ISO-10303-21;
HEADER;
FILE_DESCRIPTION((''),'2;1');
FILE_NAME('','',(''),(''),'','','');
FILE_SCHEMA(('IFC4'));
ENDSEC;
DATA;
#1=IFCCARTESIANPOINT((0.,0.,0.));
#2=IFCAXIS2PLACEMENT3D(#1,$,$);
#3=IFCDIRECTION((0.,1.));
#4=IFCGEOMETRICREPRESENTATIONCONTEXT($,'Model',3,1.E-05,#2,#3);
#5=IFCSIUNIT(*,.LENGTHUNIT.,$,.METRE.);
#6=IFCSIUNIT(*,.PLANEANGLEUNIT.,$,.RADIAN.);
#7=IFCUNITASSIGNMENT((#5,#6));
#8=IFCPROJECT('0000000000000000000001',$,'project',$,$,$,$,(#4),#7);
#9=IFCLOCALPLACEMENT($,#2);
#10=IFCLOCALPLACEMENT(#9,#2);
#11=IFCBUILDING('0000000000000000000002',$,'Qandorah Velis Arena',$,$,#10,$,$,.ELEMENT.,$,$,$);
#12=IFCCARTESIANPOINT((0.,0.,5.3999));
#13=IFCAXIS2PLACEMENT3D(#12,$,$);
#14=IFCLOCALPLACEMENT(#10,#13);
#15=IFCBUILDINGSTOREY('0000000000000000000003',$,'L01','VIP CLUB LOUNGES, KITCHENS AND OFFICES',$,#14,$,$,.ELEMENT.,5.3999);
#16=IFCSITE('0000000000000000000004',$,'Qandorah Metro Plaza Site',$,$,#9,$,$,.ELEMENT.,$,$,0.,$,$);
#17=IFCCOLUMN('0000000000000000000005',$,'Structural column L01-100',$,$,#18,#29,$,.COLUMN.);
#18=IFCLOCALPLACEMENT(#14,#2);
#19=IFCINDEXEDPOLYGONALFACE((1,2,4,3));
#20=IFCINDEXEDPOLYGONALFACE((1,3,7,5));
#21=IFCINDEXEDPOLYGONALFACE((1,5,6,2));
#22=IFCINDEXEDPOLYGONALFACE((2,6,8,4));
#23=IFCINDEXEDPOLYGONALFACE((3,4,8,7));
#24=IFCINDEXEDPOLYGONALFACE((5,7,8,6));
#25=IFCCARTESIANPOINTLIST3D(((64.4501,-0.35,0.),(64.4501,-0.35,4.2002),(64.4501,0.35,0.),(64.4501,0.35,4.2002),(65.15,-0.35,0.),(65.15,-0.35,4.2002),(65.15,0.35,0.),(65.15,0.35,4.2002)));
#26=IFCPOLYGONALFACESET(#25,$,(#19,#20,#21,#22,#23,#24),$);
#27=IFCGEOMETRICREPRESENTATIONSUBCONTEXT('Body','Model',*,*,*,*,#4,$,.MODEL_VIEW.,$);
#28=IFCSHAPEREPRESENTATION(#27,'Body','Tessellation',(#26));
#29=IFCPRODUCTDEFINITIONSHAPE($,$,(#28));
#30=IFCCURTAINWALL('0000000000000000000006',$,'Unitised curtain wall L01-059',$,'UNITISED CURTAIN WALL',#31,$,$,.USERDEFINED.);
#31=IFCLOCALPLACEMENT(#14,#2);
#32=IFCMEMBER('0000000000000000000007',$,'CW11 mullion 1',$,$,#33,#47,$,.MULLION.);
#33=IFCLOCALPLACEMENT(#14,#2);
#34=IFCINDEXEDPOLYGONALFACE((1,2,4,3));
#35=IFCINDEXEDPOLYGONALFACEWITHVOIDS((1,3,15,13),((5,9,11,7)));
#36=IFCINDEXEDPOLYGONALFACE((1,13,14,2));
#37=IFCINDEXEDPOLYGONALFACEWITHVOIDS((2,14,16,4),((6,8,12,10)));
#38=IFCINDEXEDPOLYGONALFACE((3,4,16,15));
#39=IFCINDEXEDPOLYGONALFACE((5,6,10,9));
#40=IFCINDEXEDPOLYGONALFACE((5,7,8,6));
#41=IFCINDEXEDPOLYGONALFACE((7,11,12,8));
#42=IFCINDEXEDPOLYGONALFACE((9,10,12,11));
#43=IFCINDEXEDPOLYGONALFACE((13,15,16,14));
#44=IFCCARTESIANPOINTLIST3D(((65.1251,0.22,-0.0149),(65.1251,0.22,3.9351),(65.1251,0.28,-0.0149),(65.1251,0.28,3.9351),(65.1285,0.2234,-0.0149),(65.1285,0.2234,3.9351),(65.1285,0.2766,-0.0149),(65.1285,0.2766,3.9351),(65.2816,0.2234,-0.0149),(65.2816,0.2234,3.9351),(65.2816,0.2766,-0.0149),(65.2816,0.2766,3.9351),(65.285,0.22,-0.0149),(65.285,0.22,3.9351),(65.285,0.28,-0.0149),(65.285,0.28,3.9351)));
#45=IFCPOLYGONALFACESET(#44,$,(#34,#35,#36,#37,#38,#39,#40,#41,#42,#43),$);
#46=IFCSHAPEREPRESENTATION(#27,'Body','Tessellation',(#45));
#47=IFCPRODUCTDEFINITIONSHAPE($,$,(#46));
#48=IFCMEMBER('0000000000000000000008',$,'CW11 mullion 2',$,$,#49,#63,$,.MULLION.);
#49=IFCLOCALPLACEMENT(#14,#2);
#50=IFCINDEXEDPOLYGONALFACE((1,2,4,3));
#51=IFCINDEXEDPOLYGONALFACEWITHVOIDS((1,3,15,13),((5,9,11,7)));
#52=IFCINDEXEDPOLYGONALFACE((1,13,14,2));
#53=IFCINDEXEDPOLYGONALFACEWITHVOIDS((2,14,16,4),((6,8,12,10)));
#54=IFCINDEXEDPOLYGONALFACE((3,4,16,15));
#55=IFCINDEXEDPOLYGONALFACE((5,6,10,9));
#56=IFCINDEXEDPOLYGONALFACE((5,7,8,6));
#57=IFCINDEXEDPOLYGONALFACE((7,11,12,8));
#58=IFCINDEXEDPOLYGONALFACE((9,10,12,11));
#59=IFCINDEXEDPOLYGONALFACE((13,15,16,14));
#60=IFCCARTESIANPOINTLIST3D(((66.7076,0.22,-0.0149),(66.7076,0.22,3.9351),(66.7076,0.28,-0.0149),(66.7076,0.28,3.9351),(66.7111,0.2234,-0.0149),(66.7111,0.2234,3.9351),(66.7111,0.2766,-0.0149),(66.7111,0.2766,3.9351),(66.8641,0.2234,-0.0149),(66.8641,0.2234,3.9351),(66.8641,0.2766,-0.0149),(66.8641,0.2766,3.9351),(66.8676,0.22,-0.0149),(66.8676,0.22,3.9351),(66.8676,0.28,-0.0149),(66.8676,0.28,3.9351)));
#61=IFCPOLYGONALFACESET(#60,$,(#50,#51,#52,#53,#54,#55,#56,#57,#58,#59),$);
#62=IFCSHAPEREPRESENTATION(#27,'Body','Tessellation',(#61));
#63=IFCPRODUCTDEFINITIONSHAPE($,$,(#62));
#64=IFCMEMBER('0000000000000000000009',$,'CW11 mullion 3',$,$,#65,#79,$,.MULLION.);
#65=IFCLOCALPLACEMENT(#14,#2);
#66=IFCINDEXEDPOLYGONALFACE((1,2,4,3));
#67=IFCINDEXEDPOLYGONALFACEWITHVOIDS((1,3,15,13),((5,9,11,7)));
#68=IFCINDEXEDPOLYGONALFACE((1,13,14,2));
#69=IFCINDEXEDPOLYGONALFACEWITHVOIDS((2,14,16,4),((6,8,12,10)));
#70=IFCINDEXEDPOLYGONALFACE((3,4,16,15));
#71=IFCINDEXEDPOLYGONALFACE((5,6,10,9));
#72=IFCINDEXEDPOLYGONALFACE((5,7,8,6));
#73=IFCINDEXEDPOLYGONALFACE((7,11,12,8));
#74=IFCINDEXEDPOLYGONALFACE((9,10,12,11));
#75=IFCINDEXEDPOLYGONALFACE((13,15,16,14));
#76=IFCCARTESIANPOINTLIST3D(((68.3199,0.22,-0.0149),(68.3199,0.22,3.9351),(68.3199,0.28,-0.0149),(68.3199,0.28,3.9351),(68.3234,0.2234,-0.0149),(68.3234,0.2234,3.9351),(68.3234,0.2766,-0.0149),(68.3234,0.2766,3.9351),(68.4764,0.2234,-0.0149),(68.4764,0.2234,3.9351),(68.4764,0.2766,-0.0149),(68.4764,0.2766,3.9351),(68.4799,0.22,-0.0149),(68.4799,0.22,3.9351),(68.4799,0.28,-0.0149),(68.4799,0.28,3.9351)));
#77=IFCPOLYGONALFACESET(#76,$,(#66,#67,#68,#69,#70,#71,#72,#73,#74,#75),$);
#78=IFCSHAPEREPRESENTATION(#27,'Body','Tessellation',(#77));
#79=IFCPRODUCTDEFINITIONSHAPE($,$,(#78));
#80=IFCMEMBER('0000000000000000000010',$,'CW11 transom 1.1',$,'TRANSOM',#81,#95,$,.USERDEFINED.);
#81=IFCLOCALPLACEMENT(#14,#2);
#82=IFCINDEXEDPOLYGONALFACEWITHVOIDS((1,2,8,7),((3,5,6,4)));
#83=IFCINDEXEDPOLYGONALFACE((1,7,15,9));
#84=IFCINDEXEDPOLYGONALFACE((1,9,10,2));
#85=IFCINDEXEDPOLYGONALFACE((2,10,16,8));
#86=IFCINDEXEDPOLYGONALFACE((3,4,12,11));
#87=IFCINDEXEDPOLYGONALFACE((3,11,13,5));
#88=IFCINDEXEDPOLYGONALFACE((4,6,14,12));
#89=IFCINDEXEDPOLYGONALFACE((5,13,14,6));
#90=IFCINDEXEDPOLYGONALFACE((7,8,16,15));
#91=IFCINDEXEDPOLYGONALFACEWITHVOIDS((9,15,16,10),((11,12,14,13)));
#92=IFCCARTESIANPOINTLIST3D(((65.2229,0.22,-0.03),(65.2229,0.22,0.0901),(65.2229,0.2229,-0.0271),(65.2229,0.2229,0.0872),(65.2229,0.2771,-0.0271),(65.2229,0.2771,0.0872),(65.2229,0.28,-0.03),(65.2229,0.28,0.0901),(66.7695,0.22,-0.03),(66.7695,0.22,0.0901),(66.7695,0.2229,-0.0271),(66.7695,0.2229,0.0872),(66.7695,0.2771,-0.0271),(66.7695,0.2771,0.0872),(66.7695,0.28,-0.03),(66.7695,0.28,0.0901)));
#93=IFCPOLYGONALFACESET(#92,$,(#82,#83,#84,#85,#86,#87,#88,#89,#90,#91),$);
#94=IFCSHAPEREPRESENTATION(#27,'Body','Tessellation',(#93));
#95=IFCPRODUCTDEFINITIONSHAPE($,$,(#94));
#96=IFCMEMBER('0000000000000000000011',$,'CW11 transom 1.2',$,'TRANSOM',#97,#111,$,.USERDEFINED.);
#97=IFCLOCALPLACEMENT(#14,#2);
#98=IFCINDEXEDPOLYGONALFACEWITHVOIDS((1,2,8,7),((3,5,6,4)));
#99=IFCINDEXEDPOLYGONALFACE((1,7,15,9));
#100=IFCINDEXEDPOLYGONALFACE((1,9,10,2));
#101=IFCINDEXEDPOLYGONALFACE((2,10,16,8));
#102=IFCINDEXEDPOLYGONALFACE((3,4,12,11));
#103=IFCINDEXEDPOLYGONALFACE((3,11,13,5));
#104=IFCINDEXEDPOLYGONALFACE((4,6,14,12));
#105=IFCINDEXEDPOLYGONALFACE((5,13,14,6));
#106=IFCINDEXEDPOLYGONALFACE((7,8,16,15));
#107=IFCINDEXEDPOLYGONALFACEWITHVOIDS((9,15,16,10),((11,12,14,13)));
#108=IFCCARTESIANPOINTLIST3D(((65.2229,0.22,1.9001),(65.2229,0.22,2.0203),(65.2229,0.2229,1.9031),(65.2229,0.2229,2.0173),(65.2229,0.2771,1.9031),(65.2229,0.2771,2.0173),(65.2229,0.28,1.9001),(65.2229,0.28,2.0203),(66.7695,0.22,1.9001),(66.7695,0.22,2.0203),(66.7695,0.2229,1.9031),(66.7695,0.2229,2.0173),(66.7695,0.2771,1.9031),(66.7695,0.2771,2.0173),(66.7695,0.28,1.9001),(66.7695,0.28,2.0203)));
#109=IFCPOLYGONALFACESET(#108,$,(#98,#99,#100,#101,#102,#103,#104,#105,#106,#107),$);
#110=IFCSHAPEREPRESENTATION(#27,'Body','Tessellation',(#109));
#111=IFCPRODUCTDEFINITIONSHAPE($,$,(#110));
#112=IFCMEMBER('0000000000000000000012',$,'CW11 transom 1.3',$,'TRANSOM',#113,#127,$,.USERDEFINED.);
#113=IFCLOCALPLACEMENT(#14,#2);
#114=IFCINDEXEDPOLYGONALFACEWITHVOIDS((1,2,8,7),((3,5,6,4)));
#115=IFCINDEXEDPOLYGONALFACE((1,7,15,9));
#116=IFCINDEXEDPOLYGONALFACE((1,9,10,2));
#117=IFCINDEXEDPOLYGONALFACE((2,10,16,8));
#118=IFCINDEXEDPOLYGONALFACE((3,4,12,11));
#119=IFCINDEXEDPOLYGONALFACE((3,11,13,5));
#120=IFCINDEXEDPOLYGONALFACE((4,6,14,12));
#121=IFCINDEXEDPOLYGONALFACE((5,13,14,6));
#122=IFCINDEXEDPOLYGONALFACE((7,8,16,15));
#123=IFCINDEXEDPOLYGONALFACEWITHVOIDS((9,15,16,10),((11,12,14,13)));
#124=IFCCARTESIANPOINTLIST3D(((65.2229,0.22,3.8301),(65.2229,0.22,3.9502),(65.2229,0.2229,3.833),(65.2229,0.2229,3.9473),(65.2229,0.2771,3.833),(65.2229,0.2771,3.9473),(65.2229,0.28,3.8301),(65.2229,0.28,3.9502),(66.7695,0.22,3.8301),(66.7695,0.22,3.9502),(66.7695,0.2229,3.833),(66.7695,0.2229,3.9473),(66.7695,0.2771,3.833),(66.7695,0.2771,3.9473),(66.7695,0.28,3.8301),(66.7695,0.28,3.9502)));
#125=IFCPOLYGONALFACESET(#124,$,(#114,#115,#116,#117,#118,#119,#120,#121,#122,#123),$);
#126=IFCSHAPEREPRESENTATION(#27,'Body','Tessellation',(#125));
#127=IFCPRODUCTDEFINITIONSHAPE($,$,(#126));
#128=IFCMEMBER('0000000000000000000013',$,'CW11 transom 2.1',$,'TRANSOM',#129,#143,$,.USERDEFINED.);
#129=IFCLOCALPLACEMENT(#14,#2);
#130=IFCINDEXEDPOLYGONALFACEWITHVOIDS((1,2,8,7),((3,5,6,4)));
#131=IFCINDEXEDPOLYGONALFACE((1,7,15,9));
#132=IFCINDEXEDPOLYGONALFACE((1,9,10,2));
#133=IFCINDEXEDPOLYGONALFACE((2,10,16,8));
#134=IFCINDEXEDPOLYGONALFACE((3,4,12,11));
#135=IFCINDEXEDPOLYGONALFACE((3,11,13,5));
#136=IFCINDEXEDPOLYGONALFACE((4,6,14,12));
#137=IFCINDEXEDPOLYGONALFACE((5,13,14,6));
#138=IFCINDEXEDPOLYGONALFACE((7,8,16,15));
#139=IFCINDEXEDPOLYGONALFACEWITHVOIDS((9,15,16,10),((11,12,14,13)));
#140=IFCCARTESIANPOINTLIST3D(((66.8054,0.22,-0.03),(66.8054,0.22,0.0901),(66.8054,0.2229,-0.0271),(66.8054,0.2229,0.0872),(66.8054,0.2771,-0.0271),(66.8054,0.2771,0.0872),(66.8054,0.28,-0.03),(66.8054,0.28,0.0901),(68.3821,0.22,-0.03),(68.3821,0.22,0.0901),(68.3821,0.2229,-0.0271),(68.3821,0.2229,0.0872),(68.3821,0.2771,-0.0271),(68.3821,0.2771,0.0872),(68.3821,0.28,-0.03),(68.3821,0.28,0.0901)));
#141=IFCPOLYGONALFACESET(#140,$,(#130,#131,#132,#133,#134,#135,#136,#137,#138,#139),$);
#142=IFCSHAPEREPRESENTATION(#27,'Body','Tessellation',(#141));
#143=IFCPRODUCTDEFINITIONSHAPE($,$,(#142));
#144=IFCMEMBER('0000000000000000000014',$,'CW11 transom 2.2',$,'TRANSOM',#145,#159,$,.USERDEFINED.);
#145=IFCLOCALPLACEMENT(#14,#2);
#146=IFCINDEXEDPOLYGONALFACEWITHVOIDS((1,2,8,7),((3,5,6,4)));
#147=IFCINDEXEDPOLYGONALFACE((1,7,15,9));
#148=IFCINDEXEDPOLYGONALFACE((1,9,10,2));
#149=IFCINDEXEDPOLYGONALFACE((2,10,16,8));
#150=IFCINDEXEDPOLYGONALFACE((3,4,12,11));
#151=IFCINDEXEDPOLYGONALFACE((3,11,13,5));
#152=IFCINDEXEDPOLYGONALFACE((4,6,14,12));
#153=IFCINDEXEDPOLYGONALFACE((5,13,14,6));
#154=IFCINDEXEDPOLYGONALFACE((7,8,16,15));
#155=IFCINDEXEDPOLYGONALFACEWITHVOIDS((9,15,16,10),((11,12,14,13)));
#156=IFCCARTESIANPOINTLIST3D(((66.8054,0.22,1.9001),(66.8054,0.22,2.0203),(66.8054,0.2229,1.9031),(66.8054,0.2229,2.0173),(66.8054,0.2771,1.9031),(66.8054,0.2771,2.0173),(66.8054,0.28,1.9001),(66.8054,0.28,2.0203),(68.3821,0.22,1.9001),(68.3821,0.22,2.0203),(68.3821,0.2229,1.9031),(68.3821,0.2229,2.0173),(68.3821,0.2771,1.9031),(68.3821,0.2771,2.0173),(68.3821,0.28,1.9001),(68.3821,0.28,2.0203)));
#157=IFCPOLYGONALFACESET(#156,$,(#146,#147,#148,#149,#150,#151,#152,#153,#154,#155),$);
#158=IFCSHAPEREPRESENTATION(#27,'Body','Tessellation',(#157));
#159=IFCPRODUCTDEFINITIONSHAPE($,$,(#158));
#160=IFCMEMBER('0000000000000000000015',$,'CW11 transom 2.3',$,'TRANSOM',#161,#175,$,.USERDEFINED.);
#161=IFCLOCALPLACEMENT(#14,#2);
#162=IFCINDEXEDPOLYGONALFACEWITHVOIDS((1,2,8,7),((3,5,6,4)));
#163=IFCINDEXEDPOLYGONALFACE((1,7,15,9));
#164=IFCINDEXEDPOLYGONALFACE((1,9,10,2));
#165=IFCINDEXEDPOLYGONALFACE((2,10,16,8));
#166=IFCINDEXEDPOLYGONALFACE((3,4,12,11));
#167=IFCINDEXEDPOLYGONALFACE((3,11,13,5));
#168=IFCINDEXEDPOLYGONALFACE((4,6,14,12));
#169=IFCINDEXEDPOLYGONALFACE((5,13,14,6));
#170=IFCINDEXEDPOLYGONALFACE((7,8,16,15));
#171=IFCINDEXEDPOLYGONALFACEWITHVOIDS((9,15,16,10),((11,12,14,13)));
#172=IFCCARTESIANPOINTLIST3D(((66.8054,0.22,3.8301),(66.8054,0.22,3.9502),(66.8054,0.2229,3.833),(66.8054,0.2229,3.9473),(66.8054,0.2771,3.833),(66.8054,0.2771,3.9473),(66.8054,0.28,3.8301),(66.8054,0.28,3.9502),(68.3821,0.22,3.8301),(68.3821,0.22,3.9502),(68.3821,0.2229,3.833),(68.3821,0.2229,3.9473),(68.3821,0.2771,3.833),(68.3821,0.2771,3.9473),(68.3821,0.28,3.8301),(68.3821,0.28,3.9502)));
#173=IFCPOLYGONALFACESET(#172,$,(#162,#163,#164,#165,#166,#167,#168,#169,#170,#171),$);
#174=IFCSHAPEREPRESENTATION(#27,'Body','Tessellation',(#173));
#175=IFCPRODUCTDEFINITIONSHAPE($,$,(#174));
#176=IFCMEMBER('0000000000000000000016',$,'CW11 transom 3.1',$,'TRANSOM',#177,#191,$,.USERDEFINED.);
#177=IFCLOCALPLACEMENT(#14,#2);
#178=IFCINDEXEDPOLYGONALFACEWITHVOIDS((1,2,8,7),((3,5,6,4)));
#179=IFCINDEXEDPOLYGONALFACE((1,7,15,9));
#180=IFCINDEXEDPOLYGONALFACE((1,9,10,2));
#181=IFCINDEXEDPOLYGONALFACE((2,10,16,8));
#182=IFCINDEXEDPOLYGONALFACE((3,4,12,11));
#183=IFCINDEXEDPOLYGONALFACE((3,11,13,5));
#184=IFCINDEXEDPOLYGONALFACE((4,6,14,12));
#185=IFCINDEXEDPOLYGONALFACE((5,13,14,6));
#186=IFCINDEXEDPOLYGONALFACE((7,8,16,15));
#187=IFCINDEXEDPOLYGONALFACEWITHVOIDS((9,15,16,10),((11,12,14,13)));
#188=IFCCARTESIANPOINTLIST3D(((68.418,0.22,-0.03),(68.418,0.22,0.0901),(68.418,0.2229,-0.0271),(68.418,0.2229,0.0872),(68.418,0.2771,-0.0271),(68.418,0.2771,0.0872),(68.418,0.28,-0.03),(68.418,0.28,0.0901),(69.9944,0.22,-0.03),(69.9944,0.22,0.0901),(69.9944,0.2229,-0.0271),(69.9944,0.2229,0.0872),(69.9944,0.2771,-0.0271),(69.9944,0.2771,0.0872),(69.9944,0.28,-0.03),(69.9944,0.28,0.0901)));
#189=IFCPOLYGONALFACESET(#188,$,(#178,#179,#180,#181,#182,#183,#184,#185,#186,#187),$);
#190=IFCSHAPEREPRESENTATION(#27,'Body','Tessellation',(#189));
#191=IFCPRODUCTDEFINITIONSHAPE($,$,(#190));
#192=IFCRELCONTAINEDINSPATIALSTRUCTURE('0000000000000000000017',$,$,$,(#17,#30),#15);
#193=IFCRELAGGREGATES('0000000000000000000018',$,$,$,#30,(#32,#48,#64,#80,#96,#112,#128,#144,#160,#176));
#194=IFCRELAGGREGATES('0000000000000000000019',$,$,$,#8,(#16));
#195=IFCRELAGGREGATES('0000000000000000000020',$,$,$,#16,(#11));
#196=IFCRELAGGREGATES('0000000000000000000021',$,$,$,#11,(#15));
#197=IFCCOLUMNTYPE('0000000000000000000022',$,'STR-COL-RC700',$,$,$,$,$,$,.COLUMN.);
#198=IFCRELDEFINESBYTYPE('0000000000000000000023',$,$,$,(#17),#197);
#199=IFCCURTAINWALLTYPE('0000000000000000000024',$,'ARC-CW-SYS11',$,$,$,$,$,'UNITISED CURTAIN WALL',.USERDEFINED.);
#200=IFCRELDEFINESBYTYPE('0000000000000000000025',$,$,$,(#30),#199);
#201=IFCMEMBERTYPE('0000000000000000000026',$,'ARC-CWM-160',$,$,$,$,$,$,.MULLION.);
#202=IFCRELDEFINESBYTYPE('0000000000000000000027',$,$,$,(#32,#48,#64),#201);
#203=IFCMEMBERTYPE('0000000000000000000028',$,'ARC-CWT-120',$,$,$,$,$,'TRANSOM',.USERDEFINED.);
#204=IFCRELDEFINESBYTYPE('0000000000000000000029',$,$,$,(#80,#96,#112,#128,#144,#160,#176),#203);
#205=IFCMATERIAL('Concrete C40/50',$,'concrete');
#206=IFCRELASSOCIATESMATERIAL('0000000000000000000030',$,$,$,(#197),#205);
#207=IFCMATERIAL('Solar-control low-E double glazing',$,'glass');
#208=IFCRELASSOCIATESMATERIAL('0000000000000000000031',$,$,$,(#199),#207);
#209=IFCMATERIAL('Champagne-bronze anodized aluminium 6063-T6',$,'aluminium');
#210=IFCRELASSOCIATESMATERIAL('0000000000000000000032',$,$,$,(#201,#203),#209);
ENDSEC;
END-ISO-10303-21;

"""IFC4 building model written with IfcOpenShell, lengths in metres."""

from ifc_helpers import new_model, si_unit, direction, frame, origin, origin_2d, place, context, subcontext, project, spatial, rectangle, hollow_rectangle, extrude, material, material_profile, profile_set, type_object, element, aggregate, save


model = new_model("IFC4")

# Units and contexts
model_context = context("Model", 3, precision=1e-05, world=origin(), true_north=direction((0.0, 1.0)))
body_context = subcontext(model_context, "Body", "Model", "MODEL_VIEW")
ifc_project = project(units=[si_unit("LENGTHUNIT", "METRE"), si_unit("PLANEANGLEUNIT", "RADIAN")], contexts=[model_context])

# Site, building, storey
site_placement = place(None, origin())
site = spatial("IfcSite", under=ifc_project, at=site_placement, Name="Qandorah Metro Plaza Site", CompositionType="ELEMENT", RefElevation=0.0)
building_placement = place(site_placement, origin())
building = spatial("IfcBuilding", under=site, at=building_placement, Name="Qandorah Velis Arena", CompositionType="ELEMENT")
storey_placement = place(building_placement, frame((0.0, 0.0, 5.3999)))
storey = spatial("IfcBuildingStorey", under=building, at=storey_placement, Name="L01", Description="VIP CLUB LOUNGES, KITCHENS AND OFFICES", CompositionType="ELEMENT", Elevation=5.3999)

# Column
ifc_material_1 = material(Name="Concrete C40/50", Category="concrete")
ifc_material_profile_1 = material_profile(ifc_material_1, rectangle(XDim=0.7, YDim=0.7, at=origin_2d()), Name="RC COL 700x700")
ifc_profile_set_1 = profile_set([ifc_material_profile_1], Name="Concrete C40/50")
column_type = type_object("IfcColumnType", Name="STR-COL-RC700", PredefinedType="COLUMN", material=ifc_profile_set_1)
column_placement = place(storey_placement, frame((64.8, 0.0, 0.0), z_axis=(0.0, 0.0, 1.0), x_axis=(1.0, 0.0, 0.0)))
element("IfcColumn", 1, at=column_placement, inside=storey, type_object=column_type, Name="Structural column L01-100", PredefinedType="COLUMN", context=body_context, shape_type="SweptSolid", body=[
    extrude(rectangle(XDim=0.7, YDim=0.7, at=origin_2d()), origin(), (0.0, 0.0, 1.0), 4.2002),
])

# Curtain wall, members
ifc_material_2 = material(Name="Solar-control low-E double glazing", Category="glass")
curtain_wall_type = type_object("IfcCurtainWallType", Name="ARC-CW-SYS11", ElementType="UNITISED CURTAIN WALL", PredefinedType="USERDEFINED", material=ifc_material_2)
curtain_wall_placement = place(storey_placement, origin())
curtain_wall = element("IfcCurtainWall", 2, at=curtain_wall_placement, inside=storey, type_object=curtain_wall_type, Name="Unitised curtain wall L01-059", ObjectType="UNITISED CURTAIN WALL", PredefinedType="USERDEFINED")
ifc_material_3 = material(Name="Champagne-bronze anodized aluminium 6063-T6", Category="aluminium")
ifc_material_profile_2 = material_profile(ifc_material_3, hollow_rectangle(XDim=0.0601, YDim=0.1599, WallThickness=0.0034, at=origin_2d()), Name="ALU MULLION 60x160")
ifc_profile_set_2 = profile_set([ifc_material_profile_2], Name="Champagne-bronze anodized aluminium 6063-T6")
member_type_1 = type_object("IfcMemberType", Name="ARC-CWM-160", PredefinedType="MULLION", material=ifc_profile_set_2)
member_1_placement = place(storey_placement, frame((65.2051, 0.25, -0.0149), z_axis=(0.0, 0.0, 1.0), x_axis=(0.0, 1.0, 0.0)))
member_1 = element("IfcMember", 3, at=member_1_placement, type_object=member_type_1, Name="CW11 mullion 1", PredefinedType="MULLION", context=body_context, shape_type="SweptSolid", body=[
    extrude(hollow_rectangle(XDim=0.0601, YDim=0.1599, WallThickness=0.0034, at=origin_2d()), origin(), (0.0, 0.0, 1.0), 3.95),
])
member_2_placement = place(storey_placement, frame((66.7876, 0.25, -0.0149), z_axis=(0.0, 0.0, 1.0), x_axis=(0.0, 1.0, 0.0)))
member_2 = element("IfcMember", 4, at=member_2_placement, type_object=member_type_1, Name="CW11 mullion 2", PredefinedType="MULLION", context=body_context, shape_type="SweptSolid", body=[
    extrude(hollow_rectangle(XDim=0.0601, YDim=0.1599, WallThickness=0.0034, at=origin_2d()), origin(), (0.0, 0.0, 1.0), 3.95),
])
member_3_placement = place(storey_placement, frame((68.3999, 0.25, -0.0149), z_axis=(0.0, 0.0, 1.0), x_axis=(0.0, 1.0, 0.0)))
member_3 = element("IfcMember", 5, at=member_3_placement, type_object=member_type_1, Name="CW11 mullion 3", PredefinedType="MULLION", context=body_context, shape_type="SweptSolid", body=[
    extrude(hollow_rectangle(XDim=0.0601, YDim=0.1599, WallThickness=0.0034, at=origin_2d()), origin(), (0.0, 0.0, 1.0), 3.95),
])
ifc_material_profile_3 = material_profile(ifc_material_3, hollow_rectangle(XDim=0.0601, YDim=0.1201, WallThickness=0.0029, at=origin_2d()), Name="ALU TRANSOM 60x120")
ifc_profile_set_3 = profile_set([ifc_material_profile_3], Name="Champagne-bronze anodized aluminium 6063-T6")
member_type_2 = type_object("IfcMemberType", Name="ARC-CWT-120", ElementType="TRANSOM", PredefinedType="USERDEFINED", material=ifc_profile_set_3)
member_4_placement = place(storey_placement, frame((65.2229, 0.25, 0.03), z_axis=(1.0, 0.0, 0.0), x_axis=(0.0, 1.0, 0.0)))
member_4 = element("IfcMember", 6, at=member_4_placement, type_object=member_type_2, Name="CW11 transom 1.1", ObjectType="TRANSOM", PredefinedType="USERDEFINED", context=body_context, shape_type="SweptSolid", body=[
    extrude(hollow_rectangle(XDim=0.0601, YDim=0.1201, WallThickness=0.0029, at=origin_2d()), origin(), (0.0, 0.0, 1.0), 1.5466),
])
member_5_placement = place(storey_placement, frame((65.2229, 0.25, 1.9602), z_axis=(1.0, 0.0, 0.0), x_axis=(0.0, 1.0, 0.0)))
member_5 = element("IfcMember", 7, at=member_5_placement, type_object=member_type_2, Name="CW11 transom 1.2", ObjectType="TRANSOM", PredefinedType="USERDEFINED", context=body_context, shape_type="SweptSolid", body=[
    extrude(hollow_rectangle(XDim=0.0601, YDim=0.1201, WallThickness=0.0029, at=origin_2d()), origin(), (0.0, 0.0, 1.0), 1.5466),
])
member_6_placement = place(storey_placement, frame((65.2229, 0.25, 3.8901), z_axis=(1.0, 0.0, 0.0), x_axis=(0.0, 1.0, 0.0)))
member_6 = element("IfcMember", 8, at=member_6_placement, type_object=member_type_2, Name="CW11 transom 1.3", ObjectType="TRANSOM", PredefinedType="USERDEFINED", context=body_context, shape_type="SweptSolid", body=[
    extrude(hollow_rectangle(XDim=0.0601, YDim=0.1201, WallThickness=0.0029, at=origin_2d()), origin(), (0.0, 0.0, 1.0), 1.5466),
])
member_7_placement = place(storey_placement, frame((66.8054, 0.25, 0.03), z_axis=(1.0, 0.0, 0.0), x_axis=(0.0, 1.0, 0.0)))
member_7 = element("IfcMember", 9, at=member_7_placement, type_object=member_type_2, Name="CW11 transom 2.1", ObjectType="TRANSOM", PredefinedType="USERDEFINED", context=body_context, shape_type="SweptSolid", body=[
    extrude(hollow_rectangle(XDim=0.0601, YDim=0.1201, WallThickness=0.0029, at=origin_2d()), origin(), (0.0, 0.0, 1.0), 1.5767),
])
member_8_placement = place(storey_placement, frame((66.8054, 0.25, 1.9602), z_axis=(1.0, 0.0, 0.0), x_axis=(0.0, 1.0, 0.0)))
member_8 = element("IfcMember", 10, at=member_8_placement, type_object=member_type_2, Name="CW11 transom 2.2", ObjectType="TRANSOM", PredefinedType="USERDEFINED", context=body_context, shape_type="SweptSolid", body=[
    extrude(hollow_rectangle(XDim=0.0601, YDim=0.1201, WallThickness=0.0029, at=origin_2d()), origin(), (0.0, 0.0, 1.0), 1.5767),
])
member_9_placement = place(storey_placement, frame((66.8054, 0.25, 3.8901), z_axis=(1.0, 0.0, 0.0), x_axis=(0.0, 1.0, 0.0)))
member_9 = element("IfcMember", 11, at=member_9_placement, type_object=member_type_2, Name="CW11 transom 2.3", ObjectType="TRANSOM", PredefinedType="USERDEFINED", context=body_context, shape_type="SweptSolid", body=[
    extrude(hollow_rectangle(XDim=0.0601, YDim=0.1201, WallThickness=0.0029, at=origin_2d()), origin(), (0.0, 0.0, 1.0), 1.5767),
])
member_10_placement = place(storey_placement, frame((68.418, 0.25, 0.03), z_axis=(1.0, 0.0, 0.0), x_axis=(0.0, 1.0, 0.0)))
member_10 = element("IfcMember", 12, at=member_10_placement, type_object=member_type_2, Name="CW11 transom 3.1", ObjectType="TRANSOM", PredefinedType="USERDEFINED", context=body_context, shape_type="SweptSolid", body=[
    extrude(hollow_rectangle(XDim=0.0601, YDim=0.1201, WallThickness=0.0029, at=origin_2d()), origin(), (0.0, 0.0, 1.0), 1.5764),
])

aggregate(curtain_wall, [member_1, member_2, member_3, member_4, member_5, member_6, member_7, member_8, member_9, member_10])

save(model, "model.ifc")
